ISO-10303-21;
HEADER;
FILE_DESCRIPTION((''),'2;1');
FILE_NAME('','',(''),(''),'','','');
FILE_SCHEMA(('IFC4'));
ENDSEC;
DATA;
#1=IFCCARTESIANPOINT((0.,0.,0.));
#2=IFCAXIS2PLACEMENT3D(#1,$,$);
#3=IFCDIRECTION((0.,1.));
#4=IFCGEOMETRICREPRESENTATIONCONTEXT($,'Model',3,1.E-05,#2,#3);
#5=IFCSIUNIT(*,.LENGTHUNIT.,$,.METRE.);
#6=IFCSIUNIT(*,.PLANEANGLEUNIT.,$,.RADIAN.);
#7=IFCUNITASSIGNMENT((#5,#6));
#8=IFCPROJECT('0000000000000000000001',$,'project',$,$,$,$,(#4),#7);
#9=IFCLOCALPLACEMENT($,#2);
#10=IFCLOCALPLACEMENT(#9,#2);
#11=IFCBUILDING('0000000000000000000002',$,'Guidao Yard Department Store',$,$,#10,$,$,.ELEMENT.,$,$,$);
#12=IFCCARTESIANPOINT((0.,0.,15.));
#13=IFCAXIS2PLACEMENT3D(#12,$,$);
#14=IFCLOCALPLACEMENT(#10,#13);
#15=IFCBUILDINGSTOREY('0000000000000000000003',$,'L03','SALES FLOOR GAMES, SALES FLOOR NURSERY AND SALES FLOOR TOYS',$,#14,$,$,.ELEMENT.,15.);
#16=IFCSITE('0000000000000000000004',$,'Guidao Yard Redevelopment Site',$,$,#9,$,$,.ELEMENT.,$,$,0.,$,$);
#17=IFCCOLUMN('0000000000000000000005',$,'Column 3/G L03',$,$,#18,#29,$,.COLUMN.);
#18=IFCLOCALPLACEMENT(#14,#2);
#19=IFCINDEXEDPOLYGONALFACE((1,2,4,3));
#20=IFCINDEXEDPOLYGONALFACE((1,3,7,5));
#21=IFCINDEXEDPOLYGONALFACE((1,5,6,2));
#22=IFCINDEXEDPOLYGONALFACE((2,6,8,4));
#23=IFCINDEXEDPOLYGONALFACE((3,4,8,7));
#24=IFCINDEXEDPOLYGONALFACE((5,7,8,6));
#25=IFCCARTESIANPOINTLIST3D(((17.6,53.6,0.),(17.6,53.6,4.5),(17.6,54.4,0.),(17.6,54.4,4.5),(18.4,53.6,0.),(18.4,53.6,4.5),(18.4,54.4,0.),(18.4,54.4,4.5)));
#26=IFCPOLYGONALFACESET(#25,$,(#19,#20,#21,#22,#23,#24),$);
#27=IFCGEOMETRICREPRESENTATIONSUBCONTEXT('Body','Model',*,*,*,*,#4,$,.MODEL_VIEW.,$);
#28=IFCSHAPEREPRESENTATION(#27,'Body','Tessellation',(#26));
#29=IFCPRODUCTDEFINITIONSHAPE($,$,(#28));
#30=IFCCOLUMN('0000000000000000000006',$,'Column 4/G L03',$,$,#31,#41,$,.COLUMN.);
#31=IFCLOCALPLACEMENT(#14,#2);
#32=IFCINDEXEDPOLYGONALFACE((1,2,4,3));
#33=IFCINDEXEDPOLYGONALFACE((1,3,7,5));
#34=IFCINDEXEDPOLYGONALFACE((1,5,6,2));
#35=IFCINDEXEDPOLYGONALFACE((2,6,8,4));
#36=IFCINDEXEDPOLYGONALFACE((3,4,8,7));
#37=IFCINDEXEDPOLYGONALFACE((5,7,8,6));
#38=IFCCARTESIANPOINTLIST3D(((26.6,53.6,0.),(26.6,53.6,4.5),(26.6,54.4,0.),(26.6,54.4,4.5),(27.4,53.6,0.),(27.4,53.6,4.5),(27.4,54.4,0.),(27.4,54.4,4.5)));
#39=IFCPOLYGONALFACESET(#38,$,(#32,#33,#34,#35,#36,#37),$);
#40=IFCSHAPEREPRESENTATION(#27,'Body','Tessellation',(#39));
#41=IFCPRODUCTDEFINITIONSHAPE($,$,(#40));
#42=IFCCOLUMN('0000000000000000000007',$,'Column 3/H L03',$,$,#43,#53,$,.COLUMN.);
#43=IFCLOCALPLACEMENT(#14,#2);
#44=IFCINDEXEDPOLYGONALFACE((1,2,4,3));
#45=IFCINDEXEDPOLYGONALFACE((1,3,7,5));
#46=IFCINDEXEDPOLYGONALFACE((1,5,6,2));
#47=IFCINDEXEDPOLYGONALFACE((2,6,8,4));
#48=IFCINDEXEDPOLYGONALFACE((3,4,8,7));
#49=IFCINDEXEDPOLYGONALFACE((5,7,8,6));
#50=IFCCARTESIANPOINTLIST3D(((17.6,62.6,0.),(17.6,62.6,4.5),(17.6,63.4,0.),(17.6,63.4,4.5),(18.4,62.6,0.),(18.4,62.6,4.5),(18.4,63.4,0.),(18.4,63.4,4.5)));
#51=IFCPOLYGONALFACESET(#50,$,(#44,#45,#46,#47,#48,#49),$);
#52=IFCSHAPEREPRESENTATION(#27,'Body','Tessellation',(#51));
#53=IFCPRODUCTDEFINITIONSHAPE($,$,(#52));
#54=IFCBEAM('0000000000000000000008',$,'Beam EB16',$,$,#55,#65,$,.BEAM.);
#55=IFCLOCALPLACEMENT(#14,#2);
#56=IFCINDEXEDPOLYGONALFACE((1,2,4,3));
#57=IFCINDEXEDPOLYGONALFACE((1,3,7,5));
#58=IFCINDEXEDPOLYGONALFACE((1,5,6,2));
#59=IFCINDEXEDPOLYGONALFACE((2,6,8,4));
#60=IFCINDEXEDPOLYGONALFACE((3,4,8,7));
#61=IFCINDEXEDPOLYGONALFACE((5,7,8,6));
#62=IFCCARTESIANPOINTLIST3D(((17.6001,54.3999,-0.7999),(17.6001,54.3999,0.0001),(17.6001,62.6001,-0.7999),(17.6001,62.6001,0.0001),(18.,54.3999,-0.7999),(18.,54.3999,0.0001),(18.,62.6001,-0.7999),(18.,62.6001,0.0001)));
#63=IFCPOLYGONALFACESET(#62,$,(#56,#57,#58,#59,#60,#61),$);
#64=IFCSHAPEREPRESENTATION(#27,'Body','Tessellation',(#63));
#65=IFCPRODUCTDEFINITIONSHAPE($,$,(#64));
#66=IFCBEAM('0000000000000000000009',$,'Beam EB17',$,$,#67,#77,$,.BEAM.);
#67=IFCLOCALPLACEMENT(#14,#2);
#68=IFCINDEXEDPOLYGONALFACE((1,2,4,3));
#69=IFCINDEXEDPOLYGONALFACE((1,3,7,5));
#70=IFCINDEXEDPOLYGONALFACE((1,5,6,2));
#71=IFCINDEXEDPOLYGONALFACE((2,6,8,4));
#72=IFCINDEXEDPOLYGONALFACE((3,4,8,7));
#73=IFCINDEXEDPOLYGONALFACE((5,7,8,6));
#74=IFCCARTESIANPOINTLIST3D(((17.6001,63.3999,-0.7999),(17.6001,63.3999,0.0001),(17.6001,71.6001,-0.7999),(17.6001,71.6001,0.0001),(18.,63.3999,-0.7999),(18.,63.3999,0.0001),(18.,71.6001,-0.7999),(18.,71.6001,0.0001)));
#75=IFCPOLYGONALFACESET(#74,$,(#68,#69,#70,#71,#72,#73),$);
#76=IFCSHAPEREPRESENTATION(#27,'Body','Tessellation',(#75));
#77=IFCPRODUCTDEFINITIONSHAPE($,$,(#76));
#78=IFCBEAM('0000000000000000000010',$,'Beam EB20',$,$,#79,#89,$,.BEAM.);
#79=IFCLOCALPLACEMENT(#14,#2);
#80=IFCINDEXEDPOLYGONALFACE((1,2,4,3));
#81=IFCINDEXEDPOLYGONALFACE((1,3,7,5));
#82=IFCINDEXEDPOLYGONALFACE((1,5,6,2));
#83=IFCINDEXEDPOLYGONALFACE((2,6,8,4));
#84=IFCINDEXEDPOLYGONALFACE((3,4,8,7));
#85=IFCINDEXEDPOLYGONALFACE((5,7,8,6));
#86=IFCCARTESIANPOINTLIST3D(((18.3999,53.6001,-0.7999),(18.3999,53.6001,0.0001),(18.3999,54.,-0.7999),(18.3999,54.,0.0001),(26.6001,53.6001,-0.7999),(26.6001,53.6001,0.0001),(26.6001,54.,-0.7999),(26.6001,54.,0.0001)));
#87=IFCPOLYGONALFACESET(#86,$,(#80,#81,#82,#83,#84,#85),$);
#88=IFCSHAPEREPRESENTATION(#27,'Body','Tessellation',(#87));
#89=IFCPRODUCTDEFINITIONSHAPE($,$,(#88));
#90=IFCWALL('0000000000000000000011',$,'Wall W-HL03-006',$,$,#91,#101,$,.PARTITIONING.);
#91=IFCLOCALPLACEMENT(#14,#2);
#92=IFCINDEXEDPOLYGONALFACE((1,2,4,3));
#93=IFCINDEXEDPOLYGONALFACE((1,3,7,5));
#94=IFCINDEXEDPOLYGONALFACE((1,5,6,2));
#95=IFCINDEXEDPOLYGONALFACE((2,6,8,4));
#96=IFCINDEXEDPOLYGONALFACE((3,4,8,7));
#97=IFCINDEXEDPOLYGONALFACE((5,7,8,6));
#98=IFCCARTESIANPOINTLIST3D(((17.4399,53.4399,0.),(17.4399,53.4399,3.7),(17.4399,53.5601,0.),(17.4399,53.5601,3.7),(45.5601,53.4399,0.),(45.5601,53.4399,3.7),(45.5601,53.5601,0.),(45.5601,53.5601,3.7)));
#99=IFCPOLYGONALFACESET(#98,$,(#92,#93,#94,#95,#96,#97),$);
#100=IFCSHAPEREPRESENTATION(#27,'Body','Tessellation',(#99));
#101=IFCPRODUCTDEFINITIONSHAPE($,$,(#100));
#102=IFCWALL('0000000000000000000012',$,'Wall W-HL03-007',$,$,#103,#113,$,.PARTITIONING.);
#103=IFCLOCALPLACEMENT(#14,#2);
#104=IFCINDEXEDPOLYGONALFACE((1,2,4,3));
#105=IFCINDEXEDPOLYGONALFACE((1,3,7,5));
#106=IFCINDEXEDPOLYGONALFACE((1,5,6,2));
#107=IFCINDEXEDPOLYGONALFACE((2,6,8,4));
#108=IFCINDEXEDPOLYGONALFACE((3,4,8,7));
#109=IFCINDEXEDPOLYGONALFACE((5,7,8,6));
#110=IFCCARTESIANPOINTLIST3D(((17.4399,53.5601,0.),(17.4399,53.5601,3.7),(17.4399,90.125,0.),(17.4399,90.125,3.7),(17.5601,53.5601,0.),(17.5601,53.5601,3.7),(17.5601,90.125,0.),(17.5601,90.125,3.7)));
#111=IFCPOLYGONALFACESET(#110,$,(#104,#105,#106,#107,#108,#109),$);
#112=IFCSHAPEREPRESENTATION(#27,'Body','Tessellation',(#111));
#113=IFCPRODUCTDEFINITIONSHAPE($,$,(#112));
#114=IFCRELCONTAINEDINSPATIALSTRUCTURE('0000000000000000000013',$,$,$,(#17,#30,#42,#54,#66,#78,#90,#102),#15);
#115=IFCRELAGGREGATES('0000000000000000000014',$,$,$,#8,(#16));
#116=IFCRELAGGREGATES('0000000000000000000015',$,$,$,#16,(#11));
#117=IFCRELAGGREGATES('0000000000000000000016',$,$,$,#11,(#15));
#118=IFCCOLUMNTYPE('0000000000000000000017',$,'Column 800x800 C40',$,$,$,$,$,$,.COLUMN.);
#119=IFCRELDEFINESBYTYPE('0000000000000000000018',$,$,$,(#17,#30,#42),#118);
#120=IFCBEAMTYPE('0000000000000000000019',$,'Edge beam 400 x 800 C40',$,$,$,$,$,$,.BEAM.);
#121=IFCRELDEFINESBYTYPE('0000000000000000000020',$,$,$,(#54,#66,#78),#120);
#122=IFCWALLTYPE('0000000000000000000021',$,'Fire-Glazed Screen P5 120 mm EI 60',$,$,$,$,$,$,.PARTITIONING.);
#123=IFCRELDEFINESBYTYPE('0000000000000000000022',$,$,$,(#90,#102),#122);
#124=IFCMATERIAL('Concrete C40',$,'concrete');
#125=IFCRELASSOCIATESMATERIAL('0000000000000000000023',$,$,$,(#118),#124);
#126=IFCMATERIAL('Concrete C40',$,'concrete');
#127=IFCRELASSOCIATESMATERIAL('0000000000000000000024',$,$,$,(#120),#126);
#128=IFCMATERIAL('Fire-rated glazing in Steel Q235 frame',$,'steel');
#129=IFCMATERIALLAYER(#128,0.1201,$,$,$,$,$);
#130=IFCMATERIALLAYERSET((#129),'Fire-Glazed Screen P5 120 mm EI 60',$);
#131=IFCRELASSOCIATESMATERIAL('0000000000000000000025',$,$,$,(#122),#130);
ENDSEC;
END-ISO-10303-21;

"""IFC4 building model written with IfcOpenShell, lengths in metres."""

from ifc_helpers import new_model, si_unit, direction, frame, frame_2d, origin, origin_2d, place, context, subcontext, project, spatial, rectangle, extrude, material, layer, layer_set, material_profile, profile_set, type_object, element, save


model = new_model("IFC4")

# Units and contexts
model_context = context("Model", 3, precision=1e-05, world=origin(), true_north=direction((0.0, 1.0)))
body_context = subcontext(model_context, "Body", "Model", "MODEL_VIEW")
ifc_project = project(units=[si_unit("LENGTHUNIT", "METRE"), si_unit("PLANEANGLEUNIT", "RADIAN")], contexts=[model_context])

# Site, building, storey
site_placement = place(None, origin())
site = spatial("IfcSite", under=ifc_project, at=site_placement, Name="Guidao Yard Redevelopment Site", CompositionType="ELEMENT", RefElevation=0.0)
building_placement = place(site_placement, origin())
building = spatial("IfcBuilding", under=site, at=building_placement, Name="Guidao Yard Department Store", CompositionType="ELEMENT")
storey_placement = place(building_placement, frame((0.0, 0.0, 15.0)))
storey = spatial("IfcBuildingStorey", under=building, at=storey_placement, Name="L03", Description="SALES FLOOR GAMES, SALES FLOOR NURSERY AND SALES FLOOR TOYS", CompositionType="ELEMENT", Elevation=15.0)

# Columns
ifc_material_1 = material(Name="Concrete C40", Category="concrete")
ifc_material_profile_1 = material_profile(ifc_material_1, rectangle(XDim=0.8, YDim=0.8, at=origin_2d()), Name="COL 800x800")
ifc_profile_set_1 = profile_set([ifc_material_profile_1], Name="Concrete C40")
column_type = type_object("IfcColumnType", Name="Column 800x800 C40", PredefinedType="COLUMN", material=ifc_profile_set_1)
for number, where, z_axis, x_axis, name in (
    (1, (18.0, 54.0, 0.0), (0.0, 0.0, 1.0), (1.0, 0.0, 0.0), "Column 3/G L03"),
    (2, (27.0, 54.0, 0.0), (0.0, 0.0, 1.0), (1.0, 0.0, 0.0), "Column 4/G L03"),
    (3, (18.0, 63.0, 0.0), (0.0, 0.0, 1.0), (1.0, 0.0, 0.0), "Column 3/H L03"),
):
    element("IfcColumn", number, at=place(storey_placement, frame(where, z_axis=z_axis, x_axis=x_axis)), inside=storey, type_object=column_type, Name=name, PredefinedType="COLUMN", context=body_context, shape_type="SweptSolid", body=[
        extrude(rectangle(XDim=0.8, YDim=0.8, at=origin_2d()), origin(), (0.0, 0.0, 1.0), 4.5),
    ])

# Beams
ifc_material_2 = material(Name="Concrete C40", Category="concrete")
ifc_material_profile_2 = material_profile(ifc_material_2, rectangle(XDim=0.3999, YDim=0.8, at=origin_2d()), Name="Edge beam 400 x 800 C40")
ifc_profile_set_2 = profile_set([ifc_material_profile_2], Name="Concrete C40")
beam_type = type_object("IfcBeamType", Name="Edge beam 400 x 800 C40", PredefinedType="BEAM", material=ifc_profile_set_2)
for number, where, z_axis, x_axis, name in (
    (4, (17.8, 54.3999, -0.3999), (0.0, 1.0, 0.0), (-1.0, 0.0, 0.0), "Beam EB16"),
    (5, (17.8, 63.3999, -0.3999), (0.0, 1.0, 0.0), (-1.0, 0.0, 0.0), "Beam EB17"),
    (6, (18.3999, 53.8, -0.3999), (1.0, 0.0, 0.0), (0.0, 1.0, 0.0), "Beam EB20"),
):
    element("IfcBeam", number, at=place(storey_placement, frame(where, z_axis=z_axis, x_axis=x_axis)), inside=storey, type_object=beam_type, Name=name, PredefinedType="BEAM", context=body_context, shape_type="SweptSolid", body=[
        extrude(rectangle(XDim=0.3999, YDim=0.8, at=origin_2d()), origin(), (0.0, 0.0, 1.0), 8.2002),
    ])

# Walls
ifc_material_3 = material(Name="Fire-rated glazing in Steel Q235 frame", Category="steel")
ifc_layer = layer(ifc_material_3, 0.1201)
ifc_layer_set = layer_set([ifc_layer], Name="Fire-Glazed Screen P5 120 mm EI 60")
wall_type = type_object("IfcWallType", Name="Fire-Glazed Screen P5 120 mm EI 60", PredefinedType="PARTITIONING", material=ifc_layer_set)
wall_1_placement = place(storey_placement, frame((17.4399, 53.5, 0.0), z_axis=(0.0, 0.0, 1.0), x_axis=(1.0, 0.0, 0.0)))
element("IfcWall", 7, at=wall_1_placement, inside=storey, type_object=wall_type, Name="Wall W-HL03-006", PredefinedType="PARTITIONING", context=body_context, shape_type="SweptSolid", body=[
    extrude(rectangle(XDim=28.1201, YDim=0.1201, at=frame_2d((14.0601, 0.0))), origin(), (0.0, 0.0, 1.0), 3.7),
])
wall_2_placement = place(storey_placement, frame((17.5, 53.5601, 0.0), z_axis=(0.0, 0.0, 1.0), x_axis=(0.0, 1.0, 0.0)))
element("IfcWall", 8, at=wall_2_placement, inside=storey, type_object=wall_type, Name="Wall W-HL03-007", PredefinedType="PARTITIONING", context=body_context, shape_type="SweptSolid", body=[
    extrude(rectangle(XDim=36.5649, YDim=0.1201, at=frame_2d((18.2825, 0.0))), origin(), (0.0, 0.0, 1.0), 3.7),
])

save(model, "model.ifc")
